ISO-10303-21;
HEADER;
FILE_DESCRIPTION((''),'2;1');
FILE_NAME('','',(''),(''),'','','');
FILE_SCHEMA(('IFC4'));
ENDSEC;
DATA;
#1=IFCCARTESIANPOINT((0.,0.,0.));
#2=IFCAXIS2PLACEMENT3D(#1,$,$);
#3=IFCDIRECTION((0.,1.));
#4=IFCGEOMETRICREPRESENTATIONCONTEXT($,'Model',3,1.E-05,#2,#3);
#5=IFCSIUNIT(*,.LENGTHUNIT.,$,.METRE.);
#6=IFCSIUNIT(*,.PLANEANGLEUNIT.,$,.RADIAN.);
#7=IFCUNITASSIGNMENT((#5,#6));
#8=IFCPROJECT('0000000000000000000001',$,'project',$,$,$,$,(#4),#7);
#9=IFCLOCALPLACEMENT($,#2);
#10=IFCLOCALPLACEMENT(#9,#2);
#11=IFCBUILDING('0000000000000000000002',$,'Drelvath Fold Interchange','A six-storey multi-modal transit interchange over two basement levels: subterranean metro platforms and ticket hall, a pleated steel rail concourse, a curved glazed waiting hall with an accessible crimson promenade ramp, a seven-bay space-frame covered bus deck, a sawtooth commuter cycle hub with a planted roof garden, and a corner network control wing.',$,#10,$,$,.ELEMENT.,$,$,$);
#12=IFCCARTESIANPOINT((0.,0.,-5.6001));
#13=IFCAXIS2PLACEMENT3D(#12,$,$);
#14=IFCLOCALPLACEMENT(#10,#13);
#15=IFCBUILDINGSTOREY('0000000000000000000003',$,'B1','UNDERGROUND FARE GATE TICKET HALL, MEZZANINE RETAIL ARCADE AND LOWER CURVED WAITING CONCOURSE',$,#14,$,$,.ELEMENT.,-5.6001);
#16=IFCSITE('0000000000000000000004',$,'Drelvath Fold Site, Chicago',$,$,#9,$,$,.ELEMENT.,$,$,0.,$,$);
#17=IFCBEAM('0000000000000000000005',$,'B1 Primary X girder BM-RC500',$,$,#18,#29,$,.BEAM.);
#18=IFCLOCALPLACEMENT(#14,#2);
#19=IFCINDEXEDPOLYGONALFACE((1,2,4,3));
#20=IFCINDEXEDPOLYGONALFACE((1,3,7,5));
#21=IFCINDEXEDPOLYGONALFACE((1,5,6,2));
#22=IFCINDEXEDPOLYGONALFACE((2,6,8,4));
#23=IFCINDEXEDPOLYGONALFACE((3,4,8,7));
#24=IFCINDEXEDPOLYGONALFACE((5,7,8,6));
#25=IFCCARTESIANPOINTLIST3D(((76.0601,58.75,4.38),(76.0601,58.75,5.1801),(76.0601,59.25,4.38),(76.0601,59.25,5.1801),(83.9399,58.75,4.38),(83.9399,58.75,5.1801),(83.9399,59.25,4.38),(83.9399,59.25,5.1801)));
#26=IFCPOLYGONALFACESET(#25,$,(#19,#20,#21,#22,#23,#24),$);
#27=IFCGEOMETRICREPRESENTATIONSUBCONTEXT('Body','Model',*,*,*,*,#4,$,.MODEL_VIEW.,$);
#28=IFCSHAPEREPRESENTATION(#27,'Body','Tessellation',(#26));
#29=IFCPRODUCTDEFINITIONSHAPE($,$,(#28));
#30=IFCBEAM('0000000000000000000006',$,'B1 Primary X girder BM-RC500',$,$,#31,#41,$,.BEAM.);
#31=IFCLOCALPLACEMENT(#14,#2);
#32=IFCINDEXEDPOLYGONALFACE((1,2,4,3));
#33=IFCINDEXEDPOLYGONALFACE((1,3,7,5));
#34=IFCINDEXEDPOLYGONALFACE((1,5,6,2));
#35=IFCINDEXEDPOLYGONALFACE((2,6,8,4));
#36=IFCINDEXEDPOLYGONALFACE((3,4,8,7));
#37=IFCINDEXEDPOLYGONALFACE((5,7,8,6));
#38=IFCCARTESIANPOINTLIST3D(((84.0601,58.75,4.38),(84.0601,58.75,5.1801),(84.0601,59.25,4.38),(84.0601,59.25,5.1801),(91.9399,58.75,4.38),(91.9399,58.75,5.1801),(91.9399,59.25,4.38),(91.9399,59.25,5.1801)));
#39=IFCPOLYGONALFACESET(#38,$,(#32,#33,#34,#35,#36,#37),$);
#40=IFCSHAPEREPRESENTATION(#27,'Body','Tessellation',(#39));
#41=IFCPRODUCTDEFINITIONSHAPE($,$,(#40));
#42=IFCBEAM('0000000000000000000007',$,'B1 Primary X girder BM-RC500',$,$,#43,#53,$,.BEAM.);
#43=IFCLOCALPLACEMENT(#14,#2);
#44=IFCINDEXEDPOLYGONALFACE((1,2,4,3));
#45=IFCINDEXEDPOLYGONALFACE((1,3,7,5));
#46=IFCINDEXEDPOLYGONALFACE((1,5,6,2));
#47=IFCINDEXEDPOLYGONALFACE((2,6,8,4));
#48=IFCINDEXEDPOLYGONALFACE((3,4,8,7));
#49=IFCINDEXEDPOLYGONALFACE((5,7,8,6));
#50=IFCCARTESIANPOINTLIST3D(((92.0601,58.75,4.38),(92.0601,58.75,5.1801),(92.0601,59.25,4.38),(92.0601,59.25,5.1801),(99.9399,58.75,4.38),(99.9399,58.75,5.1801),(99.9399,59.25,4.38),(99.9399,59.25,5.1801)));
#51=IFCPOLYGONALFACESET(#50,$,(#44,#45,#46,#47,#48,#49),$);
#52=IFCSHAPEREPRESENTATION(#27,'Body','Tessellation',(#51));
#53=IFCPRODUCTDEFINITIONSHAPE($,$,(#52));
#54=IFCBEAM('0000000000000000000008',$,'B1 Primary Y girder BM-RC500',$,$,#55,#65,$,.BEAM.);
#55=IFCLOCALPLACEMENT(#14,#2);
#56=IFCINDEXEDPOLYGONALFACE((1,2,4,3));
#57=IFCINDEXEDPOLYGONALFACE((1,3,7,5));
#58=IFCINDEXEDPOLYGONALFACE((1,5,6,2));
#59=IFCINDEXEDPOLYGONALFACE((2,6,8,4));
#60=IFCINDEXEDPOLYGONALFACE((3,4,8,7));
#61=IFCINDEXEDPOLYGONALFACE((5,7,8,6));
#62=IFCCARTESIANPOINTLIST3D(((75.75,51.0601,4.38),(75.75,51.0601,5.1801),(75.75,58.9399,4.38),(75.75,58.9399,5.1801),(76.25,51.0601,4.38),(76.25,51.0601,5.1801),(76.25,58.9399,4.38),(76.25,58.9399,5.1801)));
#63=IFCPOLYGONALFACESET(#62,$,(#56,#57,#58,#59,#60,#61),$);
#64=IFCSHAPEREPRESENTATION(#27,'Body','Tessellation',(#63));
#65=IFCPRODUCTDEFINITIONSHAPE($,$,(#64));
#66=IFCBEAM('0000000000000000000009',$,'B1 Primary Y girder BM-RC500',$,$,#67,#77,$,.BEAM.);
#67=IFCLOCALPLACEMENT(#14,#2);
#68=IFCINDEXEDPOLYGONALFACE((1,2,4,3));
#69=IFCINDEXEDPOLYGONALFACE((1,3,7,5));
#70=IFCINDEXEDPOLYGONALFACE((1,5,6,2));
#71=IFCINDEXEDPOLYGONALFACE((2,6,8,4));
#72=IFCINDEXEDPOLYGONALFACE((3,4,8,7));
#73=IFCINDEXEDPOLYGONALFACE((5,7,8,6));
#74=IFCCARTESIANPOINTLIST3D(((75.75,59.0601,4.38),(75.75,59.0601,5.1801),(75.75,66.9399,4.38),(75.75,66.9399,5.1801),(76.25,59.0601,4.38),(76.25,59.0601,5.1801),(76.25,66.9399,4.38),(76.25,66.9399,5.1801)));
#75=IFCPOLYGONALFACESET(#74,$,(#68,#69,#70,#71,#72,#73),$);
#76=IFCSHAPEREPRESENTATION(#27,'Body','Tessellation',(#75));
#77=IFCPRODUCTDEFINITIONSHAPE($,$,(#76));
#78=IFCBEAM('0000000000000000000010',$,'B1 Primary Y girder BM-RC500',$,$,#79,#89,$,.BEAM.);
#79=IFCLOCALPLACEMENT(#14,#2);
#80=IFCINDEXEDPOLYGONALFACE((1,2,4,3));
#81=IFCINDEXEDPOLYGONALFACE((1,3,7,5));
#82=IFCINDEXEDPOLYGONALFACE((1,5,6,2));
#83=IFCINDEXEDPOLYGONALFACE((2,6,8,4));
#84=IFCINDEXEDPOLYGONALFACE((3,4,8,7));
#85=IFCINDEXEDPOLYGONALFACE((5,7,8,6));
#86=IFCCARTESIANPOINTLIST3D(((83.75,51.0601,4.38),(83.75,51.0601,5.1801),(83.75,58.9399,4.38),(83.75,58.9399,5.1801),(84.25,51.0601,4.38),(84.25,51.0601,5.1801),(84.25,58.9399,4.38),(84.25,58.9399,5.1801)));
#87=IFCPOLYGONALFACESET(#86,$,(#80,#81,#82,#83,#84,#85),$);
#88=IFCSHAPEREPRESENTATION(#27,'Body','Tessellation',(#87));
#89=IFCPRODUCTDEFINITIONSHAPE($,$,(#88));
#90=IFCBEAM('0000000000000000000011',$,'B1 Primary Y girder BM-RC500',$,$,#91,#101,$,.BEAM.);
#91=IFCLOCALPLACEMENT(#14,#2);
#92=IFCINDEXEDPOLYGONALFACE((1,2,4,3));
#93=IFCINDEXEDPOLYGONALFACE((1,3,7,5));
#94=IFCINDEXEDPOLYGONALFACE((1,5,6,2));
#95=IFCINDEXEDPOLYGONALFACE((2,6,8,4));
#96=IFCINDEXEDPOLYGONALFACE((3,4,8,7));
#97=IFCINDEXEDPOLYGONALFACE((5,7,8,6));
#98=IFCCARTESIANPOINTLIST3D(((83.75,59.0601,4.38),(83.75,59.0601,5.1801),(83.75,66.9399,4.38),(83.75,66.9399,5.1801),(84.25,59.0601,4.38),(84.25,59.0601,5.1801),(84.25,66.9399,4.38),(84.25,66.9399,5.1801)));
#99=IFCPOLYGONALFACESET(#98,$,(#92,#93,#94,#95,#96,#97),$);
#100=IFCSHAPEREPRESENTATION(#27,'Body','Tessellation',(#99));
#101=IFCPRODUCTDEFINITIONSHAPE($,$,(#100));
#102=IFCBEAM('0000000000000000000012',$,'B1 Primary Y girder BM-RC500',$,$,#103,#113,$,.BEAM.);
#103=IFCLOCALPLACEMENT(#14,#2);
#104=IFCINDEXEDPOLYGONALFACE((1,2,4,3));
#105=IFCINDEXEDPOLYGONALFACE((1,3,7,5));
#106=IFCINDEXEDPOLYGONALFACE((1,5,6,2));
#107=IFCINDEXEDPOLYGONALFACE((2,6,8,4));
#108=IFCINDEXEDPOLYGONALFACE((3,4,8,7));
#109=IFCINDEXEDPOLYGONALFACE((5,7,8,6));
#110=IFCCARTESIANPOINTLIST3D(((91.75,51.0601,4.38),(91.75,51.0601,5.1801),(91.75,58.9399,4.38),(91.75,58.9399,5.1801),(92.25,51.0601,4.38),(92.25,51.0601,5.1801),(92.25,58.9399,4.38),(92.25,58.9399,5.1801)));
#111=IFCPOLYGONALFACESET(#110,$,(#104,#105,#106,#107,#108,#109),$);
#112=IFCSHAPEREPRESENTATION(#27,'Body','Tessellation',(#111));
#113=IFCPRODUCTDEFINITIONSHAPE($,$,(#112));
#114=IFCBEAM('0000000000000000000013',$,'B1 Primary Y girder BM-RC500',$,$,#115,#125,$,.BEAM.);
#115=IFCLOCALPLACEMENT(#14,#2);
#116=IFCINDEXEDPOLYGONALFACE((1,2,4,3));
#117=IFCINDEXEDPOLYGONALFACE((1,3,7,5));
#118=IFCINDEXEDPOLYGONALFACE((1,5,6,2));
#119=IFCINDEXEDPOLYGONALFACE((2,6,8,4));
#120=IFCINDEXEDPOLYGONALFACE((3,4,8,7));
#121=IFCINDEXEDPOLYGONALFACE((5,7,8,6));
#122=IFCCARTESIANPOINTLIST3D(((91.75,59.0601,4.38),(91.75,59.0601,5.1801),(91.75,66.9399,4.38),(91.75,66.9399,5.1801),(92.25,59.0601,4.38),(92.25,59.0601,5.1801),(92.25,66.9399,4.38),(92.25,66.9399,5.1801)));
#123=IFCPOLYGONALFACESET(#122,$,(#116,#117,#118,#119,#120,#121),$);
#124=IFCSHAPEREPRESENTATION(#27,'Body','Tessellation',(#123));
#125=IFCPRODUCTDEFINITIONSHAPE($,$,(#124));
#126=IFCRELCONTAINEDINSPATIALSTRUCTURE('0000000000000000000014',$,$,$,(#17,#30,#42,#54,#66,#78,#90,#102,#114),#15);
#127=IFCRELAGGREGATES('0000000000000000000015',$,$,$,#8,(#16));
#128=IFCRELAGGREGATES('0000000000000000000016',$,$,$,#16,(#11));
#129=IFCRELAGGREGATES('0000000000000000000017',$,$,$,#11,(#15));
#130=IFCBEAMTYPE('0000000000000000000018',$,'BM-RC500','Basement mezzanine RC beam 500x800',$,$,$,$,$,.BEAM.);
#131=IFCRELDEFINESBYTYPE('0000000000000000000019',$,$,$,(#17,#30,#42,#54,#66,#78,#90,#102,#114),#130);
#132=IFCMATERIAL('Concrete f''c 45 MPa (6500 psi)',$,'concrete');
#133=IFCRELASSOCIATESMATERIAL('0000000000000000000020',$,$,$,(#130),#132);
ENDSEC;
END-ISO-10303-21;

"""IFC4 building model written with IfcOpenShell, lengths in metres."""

from ifc_helpers import new_model, si_unit, direction, frame, origin, origin_2d, place, context, subcontext, project, spatial, rectangle, extrude, material, material_profile, profile_set, type_object, element, save


model = new_model("IFC4")

# Units and contexts
model_context = context("Model", 3, precision=1e-05, world=origin(), true_north=direction((0.0, 1.0)))
body_context = subcontext(model_context, "Body", "Model", "MODEL_VIEW")
ifc_project = project(units=[si_unit("LENGTHUNIT", "METRE"), si_unit("PLANEANGLEUNIT", "RADIAN")], contexts=[model_context])

# Site, building, storey
site_placement = place(None, origin())
site = spatial("IfcSite", under=ifc_project, at=site_placement, Name="Drelvath Fold Site, Chicago", CompositionType="ELEMENT", RefElevation=0.0)
building_placement = place(site_placement, origin())
building = spatial("IfcBuilding", under=site, at=building_placement, Name="Drelvath Fold Interchange", Description="A six-storey multi-modal transit interchange over two basement levels: subterranean metro platforms and ticket hall, a pleated steel rail concourse, a curved glazed waiting hall with an accessible crimson promenade ramp, a seven-bay space-frame covered bus deck, a sawtooth commuter cycle hub with a planted roof garden, and a corner network control wing.", CompositionType="ELEMENT")
storey_placement = place(building_placement, frame((0.0, 0.0, -5.6001)))
storey = spatial("IfcBuildingStorey", under=building, at=storey_placement, Name="B1", Description="UNDERGROUND FARE GATE TICKET HALL, MEZZANINE RETAIL ARCADE AND LOWER CURVED WAITING CONCOURSE", CompositionType="ELEMENT", Elevation=-5.6001)

# Beams
ifc_material_1 = material(Name="Concrete f'c 45 MPa (6500 psi)", Category="concrete")
ifc_material_profile_1 = material_profile(ifc_material_1, rectangle(XDim=0.5, YDim=0.8, at=origin_2d()), Name="RC 500x800")
ifc_profile_set_1 = profile_set([ifc_material_profile_1], Name="Concrete f'c 45 MPa (6500 psi)")
beam_type_1 = type_object("IfcBeamType", Name="BM-RC500", Description="Basement mezzanine RC beam 500x800", PredefinedType="BEAM", material=ifc_profile_set_1)
for number, where, z_axis, x_axis, name in (
    (1, (76.0601, 59.0, 4.78), (1.0, 0.0, 0.0), (0.0, 1.0, 0.0), "B1 Primary X girder BM-RC500"),
    (2, (84.0601, 59.0, 4.78), (1.0, 0.0, 0.0), (0.0, 1.0, 0.0), "B1 Primary X girder BM-RC500"),
    (3, (92.0601, 59.0, 4.78), (1.0, 0.0, 0.0), (0.0, 1.0, 0.0), "B1 Primary X girder BM-RC500"),
    (4, (76.0, 51.0601, 4.78), (0.0, 1.0, 0.0), (-1.0, 0.0, 0.0), "B1 Primary Y girder BM-RC500"),
    (5, (76.0, 59.0601, 4.78), (0.0, 1.0, 0.0), (-1.0, 0.0, 0.0), "B1 Primary Y girder BM-RC500"),
    (6, (84.0, 51.0601, 4.78), (0.0, 1.0, 0.0), (-1.0, 0.0, 0.0), "B1 Primary Y girder BM-RC500"),
    (7, (84.0, 59.0601, 4.78), (0.0, 1.0, 0.0), (-1.0, 0.0, 0.0), "B1 Primary Y girder BM-RC500"),
    (8, (92.0, 51.0601, 4.78), (0.0, 1.0, 0.0), (-1.0, 0.0, 0.0), "B1 Primary Y girder BM-RC500"),
    (9, (92.0, 59.0601, 4.78), (0.0, 1.0, 0.0), (-1.0, 0.0, 0.0), "B1 Primary Y girder BM-RC500"),
):
    element("IfcBeam", number, at=place(storey_placement, frame(where, z_axis=z_axis, x_axis=x_axis)), inside=storey, type_object=beam_type_1, Name=name, PredefinedType="BEAM", context=body_context, shape_type="SweptSolid", body=[
        extrude(rectangle(XDim=0.5, YDim=0.8, at=origin_2d()), origin(), (0.0, 0.0, 1.0), 7.8799),
    ])

save(model, "model.ifc")
